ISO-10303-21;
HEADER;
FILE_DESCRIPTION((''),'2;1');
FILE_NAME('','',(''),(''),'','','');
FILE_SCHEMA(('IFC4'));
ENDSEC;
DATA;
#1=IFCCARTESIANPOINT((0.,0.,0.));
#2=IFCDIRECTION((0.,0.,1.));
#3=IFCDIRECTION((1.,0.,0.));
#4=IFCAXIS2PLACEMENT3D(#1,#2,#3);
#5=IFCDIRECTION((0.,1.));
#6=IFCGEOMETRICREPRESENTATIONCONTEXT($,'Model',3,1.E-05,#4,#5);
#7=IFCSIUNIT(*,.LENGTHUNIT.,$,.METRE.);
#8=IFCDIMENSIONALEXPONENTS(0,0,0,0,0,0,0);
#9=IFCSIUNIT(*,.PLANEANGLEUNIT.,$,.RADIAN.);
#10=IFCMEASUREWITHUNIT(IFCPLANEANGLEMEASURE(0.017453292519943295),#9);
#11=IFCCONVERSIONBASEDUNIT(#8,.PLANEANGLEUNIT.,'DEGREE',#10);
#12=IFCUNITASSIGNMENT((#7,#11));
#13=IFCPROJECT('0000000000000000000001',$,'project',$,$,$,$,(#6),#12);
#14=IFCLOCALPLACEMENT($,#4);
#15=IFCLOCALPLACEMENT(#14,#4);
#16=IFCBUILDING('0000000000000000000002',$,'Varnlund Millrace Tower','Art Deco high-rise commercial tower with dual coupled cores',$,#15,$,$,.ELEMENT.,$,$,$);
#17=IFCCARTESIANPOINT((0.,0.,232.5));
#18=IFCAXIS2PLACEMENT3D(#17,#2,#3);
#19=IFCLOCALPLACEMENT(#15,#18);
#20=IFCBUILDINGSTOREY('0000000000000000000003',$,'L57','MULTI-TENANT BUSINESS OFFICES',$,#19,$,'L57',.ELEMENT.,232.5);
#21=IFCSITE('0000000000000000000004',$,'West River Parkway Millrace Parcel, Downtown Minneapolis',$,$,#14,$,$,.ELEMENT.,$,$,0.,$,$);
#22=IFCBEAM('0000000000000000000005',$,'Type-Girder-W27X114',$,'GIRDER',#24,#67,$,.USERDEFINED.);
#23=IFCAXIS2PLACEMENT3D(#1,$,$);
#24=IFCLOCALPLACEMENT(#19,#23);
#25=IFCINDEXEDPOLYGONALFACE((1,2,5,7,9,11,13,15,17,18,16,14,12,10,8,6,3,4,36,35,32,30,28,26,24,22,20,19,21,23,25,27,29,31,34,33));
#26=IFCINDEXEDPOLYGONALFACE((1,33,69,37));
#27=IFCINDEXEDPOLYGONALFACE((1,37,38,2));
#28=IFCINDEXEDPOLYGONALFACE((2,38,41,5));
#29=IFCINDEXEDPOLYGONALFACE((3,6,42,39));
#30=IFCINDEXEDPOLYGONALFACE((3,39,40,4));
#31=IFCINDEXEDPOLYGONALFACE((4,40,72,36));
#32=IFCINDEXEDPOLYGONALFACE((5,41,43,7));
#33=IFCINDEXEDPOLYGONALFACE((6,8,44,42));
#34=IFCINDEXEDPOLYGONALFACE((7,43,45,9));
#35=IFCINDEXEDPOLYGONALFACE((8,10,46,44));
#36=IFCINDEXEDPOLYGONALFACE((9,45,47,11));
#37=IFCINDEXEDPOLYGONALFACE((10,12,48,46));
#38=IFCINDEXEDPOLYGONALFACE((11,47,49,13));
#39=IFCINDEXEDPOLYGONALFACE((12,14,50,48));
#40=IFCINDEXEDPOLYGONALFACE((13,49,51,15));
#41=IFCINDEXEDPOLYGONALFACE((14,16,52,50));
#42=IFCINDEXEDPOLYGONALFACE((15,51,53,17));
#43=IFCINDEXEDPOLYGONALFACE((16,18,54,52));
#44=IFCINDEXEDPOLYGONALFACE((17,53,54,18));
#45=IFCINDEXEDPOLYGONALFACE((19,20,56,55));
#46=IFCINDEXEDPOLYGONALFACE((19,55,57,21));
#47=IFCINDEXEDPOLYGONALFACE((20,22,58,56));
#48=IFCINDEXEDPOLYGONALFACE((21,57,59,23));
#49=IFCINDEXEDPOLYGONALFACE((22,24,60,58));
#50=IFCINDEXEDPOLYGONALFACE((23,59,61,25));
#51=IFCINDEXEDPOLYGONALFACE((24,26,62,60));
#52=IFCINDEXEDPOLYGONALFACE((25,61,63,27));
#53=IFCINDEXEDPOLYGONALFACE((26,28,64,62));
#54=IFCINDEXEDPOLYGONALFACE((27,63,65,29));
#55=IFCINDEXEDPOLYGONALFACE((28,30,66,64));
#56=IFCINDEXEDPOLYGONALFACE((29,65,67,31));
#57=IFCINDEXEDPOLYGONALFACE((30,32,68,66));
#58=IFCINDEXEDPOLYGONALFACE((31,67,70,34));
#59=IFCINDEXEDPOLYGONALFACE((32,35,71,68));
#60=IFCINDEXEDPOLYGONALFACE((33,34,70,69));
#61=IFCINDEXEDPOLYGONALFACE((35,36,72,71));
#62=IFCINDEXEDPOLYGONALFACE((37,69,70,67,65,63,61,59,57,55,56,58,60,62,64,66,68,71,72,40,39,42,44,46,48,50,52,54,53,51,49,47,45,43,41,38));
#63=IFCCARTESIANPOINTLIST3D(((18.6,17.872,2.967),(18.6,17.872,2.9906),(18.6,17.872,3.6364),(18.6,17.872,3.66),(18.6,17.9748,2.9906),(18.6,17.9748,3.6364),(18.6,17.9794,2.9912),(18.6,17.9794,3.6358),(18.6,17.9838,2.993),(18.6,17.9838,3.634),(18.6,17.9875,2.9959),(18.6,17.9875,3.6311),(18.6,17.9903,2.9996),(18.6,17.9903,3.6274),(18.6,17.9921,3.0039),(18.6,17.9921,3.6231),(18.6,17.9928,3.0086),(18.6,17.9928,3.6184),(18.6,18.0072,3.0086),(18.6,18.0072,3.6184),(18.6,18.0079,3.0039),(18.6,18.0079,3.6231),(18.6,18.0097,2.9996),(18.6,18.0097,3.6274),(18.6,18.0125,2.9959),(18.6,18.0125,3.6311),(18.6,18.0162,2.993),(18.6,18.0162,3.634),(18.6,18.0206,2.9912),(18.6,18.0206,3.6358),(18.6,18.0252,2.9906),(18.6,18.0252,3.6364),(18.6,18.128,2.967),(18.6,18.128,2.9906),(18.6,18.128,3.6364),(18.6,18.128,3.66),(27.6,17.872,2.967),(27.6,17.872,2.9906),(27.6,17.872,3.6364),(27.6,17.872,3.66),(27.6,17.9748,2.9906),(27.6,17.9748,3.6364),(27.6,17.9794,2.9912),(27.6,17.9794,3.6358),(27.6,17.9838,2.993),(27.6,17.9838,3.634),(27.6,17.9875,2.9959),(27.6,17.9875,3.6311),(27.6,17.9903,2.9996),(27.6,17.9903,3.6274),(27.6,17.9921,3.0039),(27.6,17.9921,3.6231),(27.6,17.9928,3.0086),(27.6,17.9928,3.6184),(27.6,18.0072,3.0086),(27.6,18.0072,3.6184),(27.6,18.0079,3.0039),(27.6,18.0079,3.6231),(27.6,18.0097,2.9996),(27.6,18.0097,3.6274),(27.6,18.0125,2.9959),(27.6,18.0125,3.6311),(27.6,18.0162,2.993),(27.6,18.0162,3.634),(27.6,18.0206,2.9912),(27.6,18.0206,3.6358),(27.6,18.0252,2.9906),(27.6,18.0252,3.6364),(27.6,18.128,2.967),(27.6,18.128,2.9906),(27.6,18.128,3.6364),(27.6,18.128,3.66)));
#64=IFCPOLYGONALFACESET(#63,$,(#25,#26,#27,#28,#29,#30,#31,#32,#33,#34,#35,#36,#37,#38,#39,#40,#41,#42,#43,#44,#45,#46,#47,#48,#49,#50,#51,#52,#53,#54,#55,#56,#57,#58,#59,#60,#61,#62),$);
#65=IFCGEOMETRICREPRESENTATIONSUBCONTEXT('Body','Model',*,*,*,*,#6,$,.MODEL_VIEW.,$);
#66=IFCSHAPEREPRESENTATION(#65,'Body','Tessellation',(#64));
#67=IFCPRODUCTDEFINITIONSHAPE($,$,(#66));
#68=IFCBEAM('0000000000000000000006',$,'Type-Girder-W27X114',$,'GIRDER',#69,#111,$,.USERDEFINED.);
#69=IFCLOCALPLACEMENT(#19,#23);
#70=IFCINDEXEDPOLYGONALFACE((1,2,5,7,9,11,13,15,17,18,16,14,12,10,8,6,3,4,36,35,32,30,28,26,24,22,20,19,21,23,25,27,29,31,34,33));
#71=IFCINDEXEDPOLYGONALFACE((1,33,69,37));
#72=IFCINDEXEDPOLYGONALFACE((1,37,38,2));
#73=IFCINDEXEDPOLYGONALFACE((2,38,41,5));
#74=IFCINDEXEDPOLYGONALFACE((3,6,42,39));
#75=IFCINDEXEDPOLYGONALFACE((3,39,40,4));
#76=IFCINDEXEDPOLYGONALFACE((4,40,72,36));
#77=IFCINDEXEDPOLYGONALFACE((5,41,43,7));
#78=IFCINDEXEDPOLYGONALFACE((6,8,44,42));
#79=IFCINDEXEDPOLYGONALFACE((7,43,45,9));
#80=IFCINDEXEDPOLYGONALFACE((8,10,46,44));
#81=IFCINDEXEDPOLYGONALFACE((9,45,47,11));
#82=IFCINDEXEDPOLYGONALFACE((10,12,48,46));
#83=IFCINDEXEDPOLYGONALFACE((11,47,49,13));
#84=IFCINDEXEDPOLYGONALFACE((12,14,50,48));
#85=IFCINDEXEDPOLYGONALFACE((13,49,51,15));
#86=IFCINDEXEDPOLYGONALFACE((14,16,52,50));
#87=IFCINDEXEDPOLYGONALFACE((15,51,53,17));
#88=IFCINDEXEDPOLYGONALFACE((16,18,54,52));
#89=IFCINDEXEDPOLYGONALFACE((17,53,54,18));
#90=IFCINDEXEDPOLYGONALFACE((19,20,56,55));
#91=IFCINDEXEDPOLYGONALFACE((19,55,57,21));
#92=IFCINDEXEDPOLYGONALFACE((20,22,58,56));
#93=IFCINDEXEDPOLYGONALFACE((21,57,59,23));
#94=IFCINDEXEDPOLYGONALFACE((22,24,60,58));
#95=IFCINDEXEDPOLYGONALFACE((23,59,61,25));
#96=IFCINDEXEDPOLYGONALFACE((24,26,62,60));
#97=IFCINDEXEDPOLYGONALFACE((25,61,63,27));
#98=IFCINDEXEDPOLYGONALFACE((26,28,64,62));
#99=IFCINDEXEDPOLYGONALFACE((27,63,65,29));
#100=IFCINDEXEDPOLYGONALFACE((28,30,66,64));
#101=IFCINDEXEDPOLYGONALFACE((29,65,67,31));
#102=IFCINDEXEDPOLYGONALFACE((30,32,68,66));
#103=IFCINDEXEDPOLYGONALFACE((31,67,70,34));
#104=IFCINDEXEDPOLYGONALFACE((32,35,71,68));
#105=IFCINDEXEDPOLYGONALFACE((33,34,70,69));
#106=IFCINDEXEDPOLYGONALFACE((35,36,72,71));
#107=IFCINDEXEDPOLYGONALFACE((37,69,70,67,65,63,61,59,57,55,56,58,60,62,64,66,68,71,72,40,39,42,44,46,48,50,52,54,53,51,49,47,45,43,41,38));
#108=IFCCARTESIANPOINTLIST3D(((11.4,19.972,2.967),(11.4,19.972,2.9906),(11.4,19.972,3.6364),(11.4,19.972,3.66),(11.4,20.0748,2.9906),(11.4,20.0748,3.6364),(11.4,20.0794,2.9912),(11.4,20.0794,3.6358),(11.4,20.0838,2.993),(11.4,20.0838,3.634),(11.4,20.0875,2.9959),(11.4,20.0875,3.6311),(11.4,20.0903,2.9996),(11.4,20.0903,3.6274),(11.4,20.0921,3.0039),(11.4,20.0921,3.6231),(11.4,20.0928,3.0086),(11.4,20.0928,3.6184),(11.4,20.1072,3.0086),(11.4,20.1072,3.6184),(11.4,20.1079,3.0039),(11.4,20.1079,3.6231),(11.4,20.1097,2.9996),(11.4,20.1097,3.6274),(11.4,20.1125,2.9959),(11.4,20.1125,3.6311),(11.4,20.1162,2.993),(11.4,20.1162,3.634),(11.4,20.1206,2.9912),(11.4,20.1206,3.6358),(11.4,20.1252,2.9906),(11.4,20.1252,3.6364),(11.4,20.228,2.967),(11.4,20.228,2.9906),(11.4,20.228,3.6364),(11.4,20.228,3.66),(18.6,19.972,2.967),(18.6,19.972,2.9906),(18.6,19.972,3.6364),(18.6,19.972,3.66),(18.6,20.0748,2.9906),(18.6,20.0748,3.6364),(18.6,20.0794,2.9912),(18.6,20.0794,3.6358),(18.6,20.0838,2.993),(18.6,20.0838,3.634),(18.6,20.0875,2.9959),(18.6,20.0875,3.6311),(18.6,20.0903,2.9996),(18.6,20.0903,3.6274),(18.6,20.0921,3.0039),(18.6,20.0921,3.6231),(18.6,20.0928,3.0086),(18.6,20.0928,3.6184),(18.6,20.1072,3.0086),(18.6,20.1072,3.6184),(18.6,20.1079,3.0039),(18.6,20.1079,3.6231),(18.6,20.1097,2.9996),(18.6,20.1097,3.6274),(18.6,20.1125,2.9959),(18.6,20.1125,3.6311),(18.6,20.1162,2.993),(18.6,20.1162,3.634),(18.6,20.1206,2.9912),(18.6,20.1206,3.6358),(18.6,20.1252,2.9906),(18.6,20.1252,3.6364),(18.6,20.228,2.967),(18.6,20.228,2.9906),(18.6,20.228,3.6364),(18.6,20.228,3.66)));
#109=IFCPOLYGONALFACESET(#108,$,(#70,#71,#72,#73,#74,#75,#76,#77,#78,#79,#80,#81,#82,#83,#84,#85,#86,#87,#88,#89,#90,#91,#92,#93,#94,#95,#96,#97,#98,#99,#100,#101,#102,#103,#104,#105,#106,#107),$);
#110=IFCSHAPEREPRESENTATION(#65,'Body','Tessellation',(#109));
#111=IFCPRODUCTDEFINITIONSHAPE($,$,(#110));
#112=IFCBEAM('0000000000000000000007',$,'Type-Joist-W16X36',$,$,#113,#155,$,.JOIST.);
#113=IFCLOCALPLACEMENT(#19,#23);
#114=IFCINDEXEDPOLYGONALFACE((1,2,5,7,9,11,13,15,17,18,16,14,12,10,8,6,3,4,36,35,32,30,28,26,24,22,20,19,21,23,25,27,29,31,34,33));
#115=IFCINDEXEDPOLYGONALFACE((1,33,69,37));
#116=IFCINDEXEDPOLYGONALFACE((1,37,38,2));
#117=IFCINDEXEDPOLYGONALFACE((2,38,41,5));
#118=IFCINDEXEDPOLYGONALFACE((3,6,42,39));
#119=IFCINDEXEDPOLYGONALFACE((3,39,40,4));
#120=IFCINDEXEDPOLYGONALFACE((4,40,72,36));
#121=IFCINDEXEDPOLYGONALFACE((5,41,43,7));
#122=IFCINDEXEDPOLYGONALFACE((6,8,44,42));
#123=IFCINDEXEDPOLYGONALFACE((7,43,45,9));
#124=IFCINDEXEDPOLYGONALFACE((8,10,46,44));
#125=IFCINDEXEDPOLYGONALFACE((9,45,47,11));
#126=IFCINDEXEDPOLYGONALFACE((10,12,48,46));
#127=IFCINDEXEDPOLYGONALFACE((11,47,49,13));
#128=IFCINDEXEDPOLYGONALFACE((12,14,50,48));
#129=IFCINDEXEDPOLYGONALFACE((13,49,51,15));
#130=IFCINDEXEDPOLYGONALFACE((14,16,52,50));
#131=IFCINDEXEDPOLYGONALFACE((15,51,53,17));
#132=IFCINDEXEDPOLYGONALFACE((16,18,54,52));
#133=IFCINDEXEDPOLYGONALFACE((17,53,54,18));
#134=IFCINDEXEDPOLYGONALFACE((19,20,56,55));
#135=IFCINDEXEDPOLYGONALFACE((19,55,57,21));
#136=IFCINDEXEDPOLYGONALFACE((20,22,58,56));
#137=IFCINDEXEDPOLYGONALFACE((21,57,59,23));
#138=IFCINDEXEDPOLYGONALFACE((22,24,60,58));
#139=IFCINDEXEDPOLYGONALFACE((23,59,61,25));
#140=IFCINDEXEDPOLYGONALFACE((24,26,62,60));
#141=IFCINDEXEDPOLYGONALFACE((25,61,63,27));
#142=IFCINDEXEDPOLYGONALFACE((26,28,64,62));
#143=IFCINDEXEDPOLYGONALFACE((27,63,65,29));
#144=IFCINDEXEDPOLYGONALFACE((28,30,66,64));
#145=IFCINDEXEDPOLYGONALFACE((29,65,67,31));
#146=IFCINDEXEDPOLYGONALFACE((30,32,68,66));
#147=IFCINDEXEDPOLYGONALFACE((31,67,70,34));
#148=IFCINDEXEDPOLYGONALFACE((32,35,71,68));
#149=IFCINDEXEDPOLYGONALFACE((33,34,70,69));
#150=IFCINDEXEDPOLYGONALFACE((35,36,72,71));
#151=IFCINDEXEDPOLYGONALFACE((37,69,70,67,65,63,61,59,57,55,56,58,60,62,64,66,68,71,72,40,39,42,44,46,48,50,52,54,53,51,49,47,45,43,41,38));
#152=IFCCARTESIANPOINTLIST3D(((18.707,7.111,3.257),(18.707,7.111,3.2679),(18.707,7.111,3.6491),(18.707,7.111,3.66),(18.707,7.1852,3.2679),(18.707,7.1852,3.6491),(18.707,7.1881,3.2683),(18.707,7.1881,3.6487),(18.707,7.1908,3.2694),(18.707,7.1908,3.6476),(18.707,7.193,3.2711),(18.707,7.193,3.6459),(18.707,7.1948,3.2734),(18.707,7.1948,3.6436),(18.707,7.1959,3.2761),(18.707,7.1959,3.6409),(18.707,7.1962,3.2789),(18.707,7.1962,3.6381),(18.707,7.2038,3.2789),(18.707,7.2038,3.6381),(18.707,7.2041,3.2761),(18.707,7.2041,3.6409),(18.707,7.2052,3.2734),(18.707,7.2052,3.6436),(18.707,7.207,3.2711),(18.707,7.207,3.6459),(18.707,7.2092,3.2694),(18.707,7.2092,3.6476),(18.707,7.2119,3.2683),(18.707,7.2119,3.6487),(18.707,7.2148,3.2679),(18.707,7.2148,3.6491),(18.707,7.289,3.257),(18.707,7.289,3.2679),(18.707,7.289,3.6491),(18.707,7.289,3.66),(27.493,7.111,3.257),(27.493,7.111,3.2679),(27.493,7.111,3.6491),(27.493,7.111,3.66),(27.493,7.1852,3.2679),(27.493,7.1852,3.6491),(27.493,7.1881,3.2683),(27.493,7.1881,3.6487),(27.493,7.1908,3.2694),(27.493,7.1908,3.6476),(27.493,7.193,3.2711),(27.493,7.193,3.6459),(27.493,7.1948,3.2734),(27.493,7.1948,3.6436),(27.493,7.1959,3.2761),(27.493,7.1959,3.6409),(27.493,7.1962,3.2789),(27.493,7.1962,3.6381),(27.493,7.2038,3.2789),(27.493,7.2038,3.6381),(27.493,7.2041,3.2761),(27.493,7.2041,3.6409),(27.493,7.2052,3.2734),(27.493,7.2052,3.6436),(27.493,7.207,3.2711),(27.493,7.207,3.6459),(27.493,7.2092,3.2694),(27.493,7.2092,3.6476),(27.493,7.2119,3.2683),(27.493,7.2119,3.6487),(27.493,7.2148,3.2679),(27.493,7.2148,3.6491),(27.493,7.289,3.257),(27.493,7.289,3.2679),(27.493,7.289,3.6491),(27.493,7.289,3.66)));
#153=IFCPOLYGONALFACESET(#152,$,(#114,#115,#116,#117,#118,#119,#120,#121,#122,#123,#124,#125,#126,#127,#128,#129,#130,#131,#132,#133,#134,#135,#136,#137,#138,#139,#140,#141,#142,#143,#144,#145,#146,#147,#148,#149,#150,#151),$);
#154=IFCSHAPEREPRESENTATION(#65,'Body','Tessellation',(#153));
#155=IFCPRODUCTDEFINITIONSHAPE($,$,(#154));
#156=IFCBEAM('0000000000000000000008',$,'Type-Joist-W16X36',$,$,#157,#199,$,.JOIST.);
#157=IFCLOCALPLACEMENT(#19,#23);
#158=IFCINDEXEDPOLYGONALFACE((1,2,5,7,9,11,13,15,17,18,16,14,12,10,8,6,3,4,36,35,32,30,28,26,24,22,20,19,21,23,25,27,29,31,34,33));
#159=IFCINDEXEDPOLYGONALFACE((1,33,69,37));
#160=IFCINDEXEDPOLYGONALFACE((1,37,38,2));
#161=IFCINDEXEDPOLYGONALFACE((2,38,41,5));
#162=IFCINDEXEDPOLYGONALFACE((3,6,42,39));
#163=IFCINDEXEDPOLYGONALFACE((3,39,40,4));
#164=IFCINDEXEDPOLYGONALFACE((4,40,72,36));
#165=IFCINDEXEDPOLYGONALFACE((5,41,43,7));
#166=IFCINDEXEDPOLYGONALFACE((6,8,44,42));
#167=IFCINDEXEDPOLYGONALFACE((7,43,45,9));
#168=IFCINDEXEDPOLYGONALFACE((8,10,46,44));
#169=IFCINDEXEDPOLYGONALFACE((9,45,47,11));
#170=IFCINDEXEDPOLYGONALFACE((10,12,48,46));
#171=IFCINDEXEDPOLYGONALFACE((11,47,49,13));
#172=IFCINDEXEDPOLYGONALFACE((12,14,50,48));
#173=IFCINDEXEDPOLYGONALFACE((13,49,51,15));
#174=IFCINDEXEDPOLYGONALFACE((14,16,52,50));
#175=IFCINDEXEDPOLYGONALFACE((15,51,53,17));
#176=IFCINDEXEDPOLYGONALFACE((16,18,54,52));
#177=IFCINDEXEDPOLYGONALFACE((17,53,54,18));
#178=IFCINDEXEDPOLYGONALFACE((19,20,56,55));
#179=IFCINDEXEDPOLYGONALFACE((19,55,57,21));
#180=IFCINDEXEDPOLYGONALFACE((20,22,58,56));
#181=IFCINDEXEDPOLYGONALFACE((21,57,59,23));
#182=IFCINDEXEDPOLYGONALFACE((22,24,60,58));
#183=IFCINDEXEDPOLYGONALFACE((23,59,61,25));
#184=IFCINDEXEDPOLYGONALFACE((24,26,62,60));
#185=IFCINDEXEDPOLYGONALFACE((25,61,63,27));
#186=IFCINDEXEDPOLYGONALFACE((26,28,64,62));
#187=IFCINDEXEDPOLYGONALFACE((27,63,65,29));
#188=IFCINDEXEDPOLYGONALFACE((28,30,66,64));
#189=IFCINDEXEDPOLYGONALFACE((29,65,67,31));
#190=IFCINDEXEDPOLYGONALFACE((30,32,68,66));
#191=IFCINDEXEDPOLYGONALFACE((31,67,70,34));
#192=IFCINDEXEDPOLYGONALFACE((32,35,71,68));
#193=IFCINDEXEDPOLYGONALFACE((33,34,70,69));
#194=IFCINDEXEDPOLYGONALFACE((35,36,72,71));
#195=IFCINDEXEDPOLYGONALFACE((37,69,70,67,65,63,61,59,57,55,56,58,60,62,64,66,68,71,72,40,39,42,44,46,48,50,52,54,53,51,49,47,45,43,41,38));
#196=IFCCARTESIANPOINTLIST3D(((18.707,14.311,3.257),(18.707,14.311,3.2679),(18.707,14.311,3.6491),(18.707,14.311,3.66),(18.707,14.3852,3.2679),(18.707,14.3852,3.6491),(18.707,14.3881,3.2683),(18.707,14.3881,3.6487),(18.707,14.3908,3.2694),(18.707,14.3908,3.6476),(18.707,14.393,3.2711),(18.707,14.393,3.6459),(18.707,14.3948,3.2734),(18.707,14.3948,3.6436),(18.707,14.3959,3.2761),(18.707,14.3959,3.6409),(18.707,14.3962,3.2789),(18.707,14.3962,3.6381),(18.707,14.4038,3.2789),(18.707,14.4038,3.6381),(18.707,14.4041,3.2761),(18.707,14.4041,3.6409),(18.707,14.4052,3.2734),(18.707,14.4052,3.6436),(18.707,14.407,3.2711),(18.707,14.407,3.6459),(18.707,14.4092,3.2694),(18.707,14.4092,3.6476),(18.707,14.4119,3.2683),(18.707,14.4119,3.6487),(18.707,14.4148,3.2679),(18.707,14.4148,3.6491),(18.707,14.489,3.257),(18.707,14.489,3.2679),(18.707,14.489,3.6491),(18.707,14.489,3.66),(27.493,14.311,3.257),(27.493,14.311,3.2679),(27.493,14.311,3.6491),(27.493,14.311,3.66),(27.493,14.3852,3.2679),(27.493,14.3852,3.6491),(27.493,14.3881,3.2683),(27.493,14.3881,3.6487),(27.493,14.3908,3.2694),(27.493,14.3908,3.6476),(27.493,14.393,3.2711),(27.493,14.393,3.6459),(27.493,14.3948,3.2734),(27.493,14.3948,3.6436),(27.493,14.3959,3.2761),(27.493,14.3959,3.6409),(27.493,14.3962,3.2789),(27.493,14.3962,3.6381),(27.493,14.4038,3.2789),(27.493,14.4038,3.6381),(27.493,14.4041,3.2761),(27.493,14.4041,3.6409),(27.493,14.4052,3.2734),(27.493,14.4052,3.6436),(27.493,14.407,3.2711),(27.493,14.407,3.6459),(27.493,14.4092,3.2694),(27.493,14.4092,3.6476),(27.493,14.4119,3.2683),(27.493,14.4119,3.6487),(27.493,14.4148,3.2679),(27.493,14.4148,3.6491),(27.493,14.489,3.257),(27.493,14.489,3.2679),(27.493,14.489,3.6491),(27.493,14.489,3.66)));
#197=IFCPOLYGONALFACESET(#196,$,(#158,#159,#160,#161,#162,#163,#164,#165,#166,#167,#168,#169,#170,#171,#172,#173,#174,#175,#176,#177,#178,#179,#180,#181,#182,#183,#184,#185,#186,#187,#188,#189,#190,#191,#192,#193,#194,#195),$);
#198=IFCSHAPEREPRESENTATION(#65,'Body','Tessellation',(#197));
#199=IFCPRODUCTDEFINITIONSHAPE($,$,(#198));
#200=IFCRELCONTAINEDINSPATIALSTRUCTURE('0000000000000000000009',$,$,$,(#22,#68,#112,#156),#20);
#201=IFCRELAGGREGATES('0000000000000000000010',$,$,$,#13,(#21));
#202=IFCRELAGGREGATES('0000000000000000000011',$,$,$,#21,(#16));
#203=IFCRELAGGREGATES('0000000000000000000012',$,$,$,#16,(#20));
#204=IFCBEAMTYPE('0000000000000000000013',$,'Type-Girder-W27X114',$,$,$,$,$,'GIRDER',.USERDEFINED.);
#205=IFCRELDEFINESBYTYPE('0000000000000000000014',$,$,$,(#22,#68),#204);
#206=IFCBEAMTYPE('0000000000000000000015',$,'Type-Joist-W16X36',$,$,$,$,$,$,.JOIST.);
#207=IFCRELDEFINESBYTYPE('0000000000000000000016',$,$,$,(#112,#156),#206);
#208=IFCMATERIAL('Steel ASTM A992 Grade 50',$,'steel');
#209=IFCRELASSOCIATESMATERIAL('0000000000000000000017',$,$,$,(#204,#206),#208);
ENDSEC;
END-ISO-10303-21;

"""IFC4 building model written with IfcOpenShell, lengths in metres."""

from ifc_helpers import new_model, entity, si_unit, converted_unit, direction, frame, origin_with_axes, origin_2d_with_axis, place, context, subcontext, project, spatial, i_section, extrude, material, material_profile, profile_set, type_object, element, save


model = new_model("IFC4")

# Units and contexts
model_context = context("Model", 3, precision=1e-05, world=origin_with_axes(), true_north=direction((0.0, 1.0)))
body_context = subcontext(model_context, "Body", "Model", "MODEL_VIEW")
ifc_project = project(units=[si_unit("LENGTHUNIT", "METRE"), converted_unit("PLANEANGLEUNIT", "DEGREE", entity("IfcPlaneAngleMeasure", 0.017453292519943295), si_unit("PLANEANGLEUNIT", "RADIAN"), dimensions=[0, 0, 0, 0, 0, 0, 0])], contexts=[model_context])

# Site, building, storey
site_placement = place(None, origin_with_axes())
site = spatial("IfcSite", under=ifc_project, at=site_placement, Name="West River Parkway Millrace Parcel, Downtown Minneapolis", CompositionType="ELEMENT", RefElevation=0.0)
building_placement = place(site_placement, origin_with_axes())
building = spatial("IfcBuilding", under=site, at=building_placement, Name="Varnlund Millrace Tower", Description="Art Deco high-rise commercial tower with dual coupled cores", CompositionType="ELEMENT")
storey_placement = place(building_placement, frame((0.0, 0.0, 232.5), z_axis=(0.0, 0.0, 1.0), x_axis=(1.0, 0.0, 0.0)))
storey = spatial("IfcBuildingStorey", under=building, at=storey_placement, Name="L57", Description="MULTI-TENANT BUSINESS OFFICES", LongName="L57", CompositionType="ELEMENT", Elevation=232.5)

# Beams
ifc_material_1 = material(Name="Steel ASTM A992 Grade 50", Category="steel")
ifc_material_profile_1 = material_profile(ifc_material_1, i_section(OverallWidth=0.256, OverallDepth=0.693, WebThickness=0.0145, FlangeThickness=0.0236, FilletRadius=0.018, at=origin_2d_with_axis()), Name="Steel ASTM A992 Grade 50")
ifc_profile_set_1 = profile_set([ifc_material_profile_1], Name="Steel ASTM A992 Grade 50")
beam_type_1 = type_object("IfcBeamType", Name="Type-Girder-W27X114", ElementType="GIRDER", PredefinedType="USERDEFINED", material=ifc_profile_set_1)
for number, where, z_axis, x_axis, name in (
    (1, (18.6, 18.0, 3.3135), (1.0, 0.0, 0.0), (0.0, 1.0, 0.0), "Type-Girder-W27X114"),
):
    element("IfcBeam", number, at=place(storey_placement, frame(where, z_axis=z_axis, x_axis=x_axis)), inside=storey, type_object=beam_type_1, Name=name, ObjectType="GIRDER", PredefinedType="USERDEFINED", context=body_context, shape_type="SweptSolid", body=[
        extrude(i_section(OverallWidth=0.256, OverallDepth=0.693, WebThickness=0.0145, FlangeThickness=0.0236, FilletRadius=0.018, at=origin_2d_with_axis()), origin_with_axes(), (0.0, 0.0, 1.0), 9.0),
    ])
beam_1_placement = place(storey_placement, frame((11.4, 20.1, 3.3135), z_axis=(1.0, 0.0, 0.0), x_axis=(0.0, 1.0, 0.0)))
element("IfcBeam", 2, at=beam_1_placement, inside=storey, type_object=beam_type_1, Name="Type-Girder-W27X114", ObjectType="GIRDER", PredefinedType="USERDEFINED", context=body_context, shape_type="SweptSolid", body=[
    extrude(i_section(OverallWidth=0.256, OverallDepth=0.693, WebThickness=0.0145, FlangeThickness=0.0236, FilletRadius=0.018, at=origin_2d_with_axis()), origin_with_axes(), (0.0, 0.0, 1.0), 7.2),
])
ifc_material_profile_2 = material_profile(ifc_material_1, i_section(OverallWidth=0.178, OverallDepth=0.403, WebThickness=0.0075, FlangeThickness=0.0109, FilletRadius=0.011, at=origin_2d_with_axis()), Name="Steel ASTM A992 Grade 50")
ifc_profile_set_2 = profile_set([ifc_material_profile_2], Name="Steel ASTM A992 Grade 50")
beam_type_2 = type_object("IfcBeamType", Name="Type-Joist-W16X36", PredefinedType="JOIST", material=ifc_profile_set_2)
for number, where, z_axis, x_axis, name in (
    (3, (18.707, 7.2, 3.4585), (1.0, 0.0, 0.0), (0.0, 1.0, 0.0), "Type-Joist-W16X36"),
    (4, (18.707, 14.4, 3.4585), (1.0, 0.0, 0.0), (0.0, 1.0, 0.0), "Type-Joist-W16X36"),
):
    element("IfcBeam", number, at=place(storey_placement, frame(where, z_axis=z_axis, x_axis=x_axis)), inside=storey, type_object=beam_type_2, Name=name, PredefinedType="JOIST", context=body_context, shape_type="SweptSolid", body=[
        extrude(i_section(OverallWidth=0.178, OverallDepth=0.403, WebThickness=0.0075, FlangeThickness=0.0109, FilletRadius=0.011, at=origin_2d_with_axis()), origin_with_axes(), (0.0, 0.0, 1.0), 8.786),
    ])

save(model, "model.ifc")
